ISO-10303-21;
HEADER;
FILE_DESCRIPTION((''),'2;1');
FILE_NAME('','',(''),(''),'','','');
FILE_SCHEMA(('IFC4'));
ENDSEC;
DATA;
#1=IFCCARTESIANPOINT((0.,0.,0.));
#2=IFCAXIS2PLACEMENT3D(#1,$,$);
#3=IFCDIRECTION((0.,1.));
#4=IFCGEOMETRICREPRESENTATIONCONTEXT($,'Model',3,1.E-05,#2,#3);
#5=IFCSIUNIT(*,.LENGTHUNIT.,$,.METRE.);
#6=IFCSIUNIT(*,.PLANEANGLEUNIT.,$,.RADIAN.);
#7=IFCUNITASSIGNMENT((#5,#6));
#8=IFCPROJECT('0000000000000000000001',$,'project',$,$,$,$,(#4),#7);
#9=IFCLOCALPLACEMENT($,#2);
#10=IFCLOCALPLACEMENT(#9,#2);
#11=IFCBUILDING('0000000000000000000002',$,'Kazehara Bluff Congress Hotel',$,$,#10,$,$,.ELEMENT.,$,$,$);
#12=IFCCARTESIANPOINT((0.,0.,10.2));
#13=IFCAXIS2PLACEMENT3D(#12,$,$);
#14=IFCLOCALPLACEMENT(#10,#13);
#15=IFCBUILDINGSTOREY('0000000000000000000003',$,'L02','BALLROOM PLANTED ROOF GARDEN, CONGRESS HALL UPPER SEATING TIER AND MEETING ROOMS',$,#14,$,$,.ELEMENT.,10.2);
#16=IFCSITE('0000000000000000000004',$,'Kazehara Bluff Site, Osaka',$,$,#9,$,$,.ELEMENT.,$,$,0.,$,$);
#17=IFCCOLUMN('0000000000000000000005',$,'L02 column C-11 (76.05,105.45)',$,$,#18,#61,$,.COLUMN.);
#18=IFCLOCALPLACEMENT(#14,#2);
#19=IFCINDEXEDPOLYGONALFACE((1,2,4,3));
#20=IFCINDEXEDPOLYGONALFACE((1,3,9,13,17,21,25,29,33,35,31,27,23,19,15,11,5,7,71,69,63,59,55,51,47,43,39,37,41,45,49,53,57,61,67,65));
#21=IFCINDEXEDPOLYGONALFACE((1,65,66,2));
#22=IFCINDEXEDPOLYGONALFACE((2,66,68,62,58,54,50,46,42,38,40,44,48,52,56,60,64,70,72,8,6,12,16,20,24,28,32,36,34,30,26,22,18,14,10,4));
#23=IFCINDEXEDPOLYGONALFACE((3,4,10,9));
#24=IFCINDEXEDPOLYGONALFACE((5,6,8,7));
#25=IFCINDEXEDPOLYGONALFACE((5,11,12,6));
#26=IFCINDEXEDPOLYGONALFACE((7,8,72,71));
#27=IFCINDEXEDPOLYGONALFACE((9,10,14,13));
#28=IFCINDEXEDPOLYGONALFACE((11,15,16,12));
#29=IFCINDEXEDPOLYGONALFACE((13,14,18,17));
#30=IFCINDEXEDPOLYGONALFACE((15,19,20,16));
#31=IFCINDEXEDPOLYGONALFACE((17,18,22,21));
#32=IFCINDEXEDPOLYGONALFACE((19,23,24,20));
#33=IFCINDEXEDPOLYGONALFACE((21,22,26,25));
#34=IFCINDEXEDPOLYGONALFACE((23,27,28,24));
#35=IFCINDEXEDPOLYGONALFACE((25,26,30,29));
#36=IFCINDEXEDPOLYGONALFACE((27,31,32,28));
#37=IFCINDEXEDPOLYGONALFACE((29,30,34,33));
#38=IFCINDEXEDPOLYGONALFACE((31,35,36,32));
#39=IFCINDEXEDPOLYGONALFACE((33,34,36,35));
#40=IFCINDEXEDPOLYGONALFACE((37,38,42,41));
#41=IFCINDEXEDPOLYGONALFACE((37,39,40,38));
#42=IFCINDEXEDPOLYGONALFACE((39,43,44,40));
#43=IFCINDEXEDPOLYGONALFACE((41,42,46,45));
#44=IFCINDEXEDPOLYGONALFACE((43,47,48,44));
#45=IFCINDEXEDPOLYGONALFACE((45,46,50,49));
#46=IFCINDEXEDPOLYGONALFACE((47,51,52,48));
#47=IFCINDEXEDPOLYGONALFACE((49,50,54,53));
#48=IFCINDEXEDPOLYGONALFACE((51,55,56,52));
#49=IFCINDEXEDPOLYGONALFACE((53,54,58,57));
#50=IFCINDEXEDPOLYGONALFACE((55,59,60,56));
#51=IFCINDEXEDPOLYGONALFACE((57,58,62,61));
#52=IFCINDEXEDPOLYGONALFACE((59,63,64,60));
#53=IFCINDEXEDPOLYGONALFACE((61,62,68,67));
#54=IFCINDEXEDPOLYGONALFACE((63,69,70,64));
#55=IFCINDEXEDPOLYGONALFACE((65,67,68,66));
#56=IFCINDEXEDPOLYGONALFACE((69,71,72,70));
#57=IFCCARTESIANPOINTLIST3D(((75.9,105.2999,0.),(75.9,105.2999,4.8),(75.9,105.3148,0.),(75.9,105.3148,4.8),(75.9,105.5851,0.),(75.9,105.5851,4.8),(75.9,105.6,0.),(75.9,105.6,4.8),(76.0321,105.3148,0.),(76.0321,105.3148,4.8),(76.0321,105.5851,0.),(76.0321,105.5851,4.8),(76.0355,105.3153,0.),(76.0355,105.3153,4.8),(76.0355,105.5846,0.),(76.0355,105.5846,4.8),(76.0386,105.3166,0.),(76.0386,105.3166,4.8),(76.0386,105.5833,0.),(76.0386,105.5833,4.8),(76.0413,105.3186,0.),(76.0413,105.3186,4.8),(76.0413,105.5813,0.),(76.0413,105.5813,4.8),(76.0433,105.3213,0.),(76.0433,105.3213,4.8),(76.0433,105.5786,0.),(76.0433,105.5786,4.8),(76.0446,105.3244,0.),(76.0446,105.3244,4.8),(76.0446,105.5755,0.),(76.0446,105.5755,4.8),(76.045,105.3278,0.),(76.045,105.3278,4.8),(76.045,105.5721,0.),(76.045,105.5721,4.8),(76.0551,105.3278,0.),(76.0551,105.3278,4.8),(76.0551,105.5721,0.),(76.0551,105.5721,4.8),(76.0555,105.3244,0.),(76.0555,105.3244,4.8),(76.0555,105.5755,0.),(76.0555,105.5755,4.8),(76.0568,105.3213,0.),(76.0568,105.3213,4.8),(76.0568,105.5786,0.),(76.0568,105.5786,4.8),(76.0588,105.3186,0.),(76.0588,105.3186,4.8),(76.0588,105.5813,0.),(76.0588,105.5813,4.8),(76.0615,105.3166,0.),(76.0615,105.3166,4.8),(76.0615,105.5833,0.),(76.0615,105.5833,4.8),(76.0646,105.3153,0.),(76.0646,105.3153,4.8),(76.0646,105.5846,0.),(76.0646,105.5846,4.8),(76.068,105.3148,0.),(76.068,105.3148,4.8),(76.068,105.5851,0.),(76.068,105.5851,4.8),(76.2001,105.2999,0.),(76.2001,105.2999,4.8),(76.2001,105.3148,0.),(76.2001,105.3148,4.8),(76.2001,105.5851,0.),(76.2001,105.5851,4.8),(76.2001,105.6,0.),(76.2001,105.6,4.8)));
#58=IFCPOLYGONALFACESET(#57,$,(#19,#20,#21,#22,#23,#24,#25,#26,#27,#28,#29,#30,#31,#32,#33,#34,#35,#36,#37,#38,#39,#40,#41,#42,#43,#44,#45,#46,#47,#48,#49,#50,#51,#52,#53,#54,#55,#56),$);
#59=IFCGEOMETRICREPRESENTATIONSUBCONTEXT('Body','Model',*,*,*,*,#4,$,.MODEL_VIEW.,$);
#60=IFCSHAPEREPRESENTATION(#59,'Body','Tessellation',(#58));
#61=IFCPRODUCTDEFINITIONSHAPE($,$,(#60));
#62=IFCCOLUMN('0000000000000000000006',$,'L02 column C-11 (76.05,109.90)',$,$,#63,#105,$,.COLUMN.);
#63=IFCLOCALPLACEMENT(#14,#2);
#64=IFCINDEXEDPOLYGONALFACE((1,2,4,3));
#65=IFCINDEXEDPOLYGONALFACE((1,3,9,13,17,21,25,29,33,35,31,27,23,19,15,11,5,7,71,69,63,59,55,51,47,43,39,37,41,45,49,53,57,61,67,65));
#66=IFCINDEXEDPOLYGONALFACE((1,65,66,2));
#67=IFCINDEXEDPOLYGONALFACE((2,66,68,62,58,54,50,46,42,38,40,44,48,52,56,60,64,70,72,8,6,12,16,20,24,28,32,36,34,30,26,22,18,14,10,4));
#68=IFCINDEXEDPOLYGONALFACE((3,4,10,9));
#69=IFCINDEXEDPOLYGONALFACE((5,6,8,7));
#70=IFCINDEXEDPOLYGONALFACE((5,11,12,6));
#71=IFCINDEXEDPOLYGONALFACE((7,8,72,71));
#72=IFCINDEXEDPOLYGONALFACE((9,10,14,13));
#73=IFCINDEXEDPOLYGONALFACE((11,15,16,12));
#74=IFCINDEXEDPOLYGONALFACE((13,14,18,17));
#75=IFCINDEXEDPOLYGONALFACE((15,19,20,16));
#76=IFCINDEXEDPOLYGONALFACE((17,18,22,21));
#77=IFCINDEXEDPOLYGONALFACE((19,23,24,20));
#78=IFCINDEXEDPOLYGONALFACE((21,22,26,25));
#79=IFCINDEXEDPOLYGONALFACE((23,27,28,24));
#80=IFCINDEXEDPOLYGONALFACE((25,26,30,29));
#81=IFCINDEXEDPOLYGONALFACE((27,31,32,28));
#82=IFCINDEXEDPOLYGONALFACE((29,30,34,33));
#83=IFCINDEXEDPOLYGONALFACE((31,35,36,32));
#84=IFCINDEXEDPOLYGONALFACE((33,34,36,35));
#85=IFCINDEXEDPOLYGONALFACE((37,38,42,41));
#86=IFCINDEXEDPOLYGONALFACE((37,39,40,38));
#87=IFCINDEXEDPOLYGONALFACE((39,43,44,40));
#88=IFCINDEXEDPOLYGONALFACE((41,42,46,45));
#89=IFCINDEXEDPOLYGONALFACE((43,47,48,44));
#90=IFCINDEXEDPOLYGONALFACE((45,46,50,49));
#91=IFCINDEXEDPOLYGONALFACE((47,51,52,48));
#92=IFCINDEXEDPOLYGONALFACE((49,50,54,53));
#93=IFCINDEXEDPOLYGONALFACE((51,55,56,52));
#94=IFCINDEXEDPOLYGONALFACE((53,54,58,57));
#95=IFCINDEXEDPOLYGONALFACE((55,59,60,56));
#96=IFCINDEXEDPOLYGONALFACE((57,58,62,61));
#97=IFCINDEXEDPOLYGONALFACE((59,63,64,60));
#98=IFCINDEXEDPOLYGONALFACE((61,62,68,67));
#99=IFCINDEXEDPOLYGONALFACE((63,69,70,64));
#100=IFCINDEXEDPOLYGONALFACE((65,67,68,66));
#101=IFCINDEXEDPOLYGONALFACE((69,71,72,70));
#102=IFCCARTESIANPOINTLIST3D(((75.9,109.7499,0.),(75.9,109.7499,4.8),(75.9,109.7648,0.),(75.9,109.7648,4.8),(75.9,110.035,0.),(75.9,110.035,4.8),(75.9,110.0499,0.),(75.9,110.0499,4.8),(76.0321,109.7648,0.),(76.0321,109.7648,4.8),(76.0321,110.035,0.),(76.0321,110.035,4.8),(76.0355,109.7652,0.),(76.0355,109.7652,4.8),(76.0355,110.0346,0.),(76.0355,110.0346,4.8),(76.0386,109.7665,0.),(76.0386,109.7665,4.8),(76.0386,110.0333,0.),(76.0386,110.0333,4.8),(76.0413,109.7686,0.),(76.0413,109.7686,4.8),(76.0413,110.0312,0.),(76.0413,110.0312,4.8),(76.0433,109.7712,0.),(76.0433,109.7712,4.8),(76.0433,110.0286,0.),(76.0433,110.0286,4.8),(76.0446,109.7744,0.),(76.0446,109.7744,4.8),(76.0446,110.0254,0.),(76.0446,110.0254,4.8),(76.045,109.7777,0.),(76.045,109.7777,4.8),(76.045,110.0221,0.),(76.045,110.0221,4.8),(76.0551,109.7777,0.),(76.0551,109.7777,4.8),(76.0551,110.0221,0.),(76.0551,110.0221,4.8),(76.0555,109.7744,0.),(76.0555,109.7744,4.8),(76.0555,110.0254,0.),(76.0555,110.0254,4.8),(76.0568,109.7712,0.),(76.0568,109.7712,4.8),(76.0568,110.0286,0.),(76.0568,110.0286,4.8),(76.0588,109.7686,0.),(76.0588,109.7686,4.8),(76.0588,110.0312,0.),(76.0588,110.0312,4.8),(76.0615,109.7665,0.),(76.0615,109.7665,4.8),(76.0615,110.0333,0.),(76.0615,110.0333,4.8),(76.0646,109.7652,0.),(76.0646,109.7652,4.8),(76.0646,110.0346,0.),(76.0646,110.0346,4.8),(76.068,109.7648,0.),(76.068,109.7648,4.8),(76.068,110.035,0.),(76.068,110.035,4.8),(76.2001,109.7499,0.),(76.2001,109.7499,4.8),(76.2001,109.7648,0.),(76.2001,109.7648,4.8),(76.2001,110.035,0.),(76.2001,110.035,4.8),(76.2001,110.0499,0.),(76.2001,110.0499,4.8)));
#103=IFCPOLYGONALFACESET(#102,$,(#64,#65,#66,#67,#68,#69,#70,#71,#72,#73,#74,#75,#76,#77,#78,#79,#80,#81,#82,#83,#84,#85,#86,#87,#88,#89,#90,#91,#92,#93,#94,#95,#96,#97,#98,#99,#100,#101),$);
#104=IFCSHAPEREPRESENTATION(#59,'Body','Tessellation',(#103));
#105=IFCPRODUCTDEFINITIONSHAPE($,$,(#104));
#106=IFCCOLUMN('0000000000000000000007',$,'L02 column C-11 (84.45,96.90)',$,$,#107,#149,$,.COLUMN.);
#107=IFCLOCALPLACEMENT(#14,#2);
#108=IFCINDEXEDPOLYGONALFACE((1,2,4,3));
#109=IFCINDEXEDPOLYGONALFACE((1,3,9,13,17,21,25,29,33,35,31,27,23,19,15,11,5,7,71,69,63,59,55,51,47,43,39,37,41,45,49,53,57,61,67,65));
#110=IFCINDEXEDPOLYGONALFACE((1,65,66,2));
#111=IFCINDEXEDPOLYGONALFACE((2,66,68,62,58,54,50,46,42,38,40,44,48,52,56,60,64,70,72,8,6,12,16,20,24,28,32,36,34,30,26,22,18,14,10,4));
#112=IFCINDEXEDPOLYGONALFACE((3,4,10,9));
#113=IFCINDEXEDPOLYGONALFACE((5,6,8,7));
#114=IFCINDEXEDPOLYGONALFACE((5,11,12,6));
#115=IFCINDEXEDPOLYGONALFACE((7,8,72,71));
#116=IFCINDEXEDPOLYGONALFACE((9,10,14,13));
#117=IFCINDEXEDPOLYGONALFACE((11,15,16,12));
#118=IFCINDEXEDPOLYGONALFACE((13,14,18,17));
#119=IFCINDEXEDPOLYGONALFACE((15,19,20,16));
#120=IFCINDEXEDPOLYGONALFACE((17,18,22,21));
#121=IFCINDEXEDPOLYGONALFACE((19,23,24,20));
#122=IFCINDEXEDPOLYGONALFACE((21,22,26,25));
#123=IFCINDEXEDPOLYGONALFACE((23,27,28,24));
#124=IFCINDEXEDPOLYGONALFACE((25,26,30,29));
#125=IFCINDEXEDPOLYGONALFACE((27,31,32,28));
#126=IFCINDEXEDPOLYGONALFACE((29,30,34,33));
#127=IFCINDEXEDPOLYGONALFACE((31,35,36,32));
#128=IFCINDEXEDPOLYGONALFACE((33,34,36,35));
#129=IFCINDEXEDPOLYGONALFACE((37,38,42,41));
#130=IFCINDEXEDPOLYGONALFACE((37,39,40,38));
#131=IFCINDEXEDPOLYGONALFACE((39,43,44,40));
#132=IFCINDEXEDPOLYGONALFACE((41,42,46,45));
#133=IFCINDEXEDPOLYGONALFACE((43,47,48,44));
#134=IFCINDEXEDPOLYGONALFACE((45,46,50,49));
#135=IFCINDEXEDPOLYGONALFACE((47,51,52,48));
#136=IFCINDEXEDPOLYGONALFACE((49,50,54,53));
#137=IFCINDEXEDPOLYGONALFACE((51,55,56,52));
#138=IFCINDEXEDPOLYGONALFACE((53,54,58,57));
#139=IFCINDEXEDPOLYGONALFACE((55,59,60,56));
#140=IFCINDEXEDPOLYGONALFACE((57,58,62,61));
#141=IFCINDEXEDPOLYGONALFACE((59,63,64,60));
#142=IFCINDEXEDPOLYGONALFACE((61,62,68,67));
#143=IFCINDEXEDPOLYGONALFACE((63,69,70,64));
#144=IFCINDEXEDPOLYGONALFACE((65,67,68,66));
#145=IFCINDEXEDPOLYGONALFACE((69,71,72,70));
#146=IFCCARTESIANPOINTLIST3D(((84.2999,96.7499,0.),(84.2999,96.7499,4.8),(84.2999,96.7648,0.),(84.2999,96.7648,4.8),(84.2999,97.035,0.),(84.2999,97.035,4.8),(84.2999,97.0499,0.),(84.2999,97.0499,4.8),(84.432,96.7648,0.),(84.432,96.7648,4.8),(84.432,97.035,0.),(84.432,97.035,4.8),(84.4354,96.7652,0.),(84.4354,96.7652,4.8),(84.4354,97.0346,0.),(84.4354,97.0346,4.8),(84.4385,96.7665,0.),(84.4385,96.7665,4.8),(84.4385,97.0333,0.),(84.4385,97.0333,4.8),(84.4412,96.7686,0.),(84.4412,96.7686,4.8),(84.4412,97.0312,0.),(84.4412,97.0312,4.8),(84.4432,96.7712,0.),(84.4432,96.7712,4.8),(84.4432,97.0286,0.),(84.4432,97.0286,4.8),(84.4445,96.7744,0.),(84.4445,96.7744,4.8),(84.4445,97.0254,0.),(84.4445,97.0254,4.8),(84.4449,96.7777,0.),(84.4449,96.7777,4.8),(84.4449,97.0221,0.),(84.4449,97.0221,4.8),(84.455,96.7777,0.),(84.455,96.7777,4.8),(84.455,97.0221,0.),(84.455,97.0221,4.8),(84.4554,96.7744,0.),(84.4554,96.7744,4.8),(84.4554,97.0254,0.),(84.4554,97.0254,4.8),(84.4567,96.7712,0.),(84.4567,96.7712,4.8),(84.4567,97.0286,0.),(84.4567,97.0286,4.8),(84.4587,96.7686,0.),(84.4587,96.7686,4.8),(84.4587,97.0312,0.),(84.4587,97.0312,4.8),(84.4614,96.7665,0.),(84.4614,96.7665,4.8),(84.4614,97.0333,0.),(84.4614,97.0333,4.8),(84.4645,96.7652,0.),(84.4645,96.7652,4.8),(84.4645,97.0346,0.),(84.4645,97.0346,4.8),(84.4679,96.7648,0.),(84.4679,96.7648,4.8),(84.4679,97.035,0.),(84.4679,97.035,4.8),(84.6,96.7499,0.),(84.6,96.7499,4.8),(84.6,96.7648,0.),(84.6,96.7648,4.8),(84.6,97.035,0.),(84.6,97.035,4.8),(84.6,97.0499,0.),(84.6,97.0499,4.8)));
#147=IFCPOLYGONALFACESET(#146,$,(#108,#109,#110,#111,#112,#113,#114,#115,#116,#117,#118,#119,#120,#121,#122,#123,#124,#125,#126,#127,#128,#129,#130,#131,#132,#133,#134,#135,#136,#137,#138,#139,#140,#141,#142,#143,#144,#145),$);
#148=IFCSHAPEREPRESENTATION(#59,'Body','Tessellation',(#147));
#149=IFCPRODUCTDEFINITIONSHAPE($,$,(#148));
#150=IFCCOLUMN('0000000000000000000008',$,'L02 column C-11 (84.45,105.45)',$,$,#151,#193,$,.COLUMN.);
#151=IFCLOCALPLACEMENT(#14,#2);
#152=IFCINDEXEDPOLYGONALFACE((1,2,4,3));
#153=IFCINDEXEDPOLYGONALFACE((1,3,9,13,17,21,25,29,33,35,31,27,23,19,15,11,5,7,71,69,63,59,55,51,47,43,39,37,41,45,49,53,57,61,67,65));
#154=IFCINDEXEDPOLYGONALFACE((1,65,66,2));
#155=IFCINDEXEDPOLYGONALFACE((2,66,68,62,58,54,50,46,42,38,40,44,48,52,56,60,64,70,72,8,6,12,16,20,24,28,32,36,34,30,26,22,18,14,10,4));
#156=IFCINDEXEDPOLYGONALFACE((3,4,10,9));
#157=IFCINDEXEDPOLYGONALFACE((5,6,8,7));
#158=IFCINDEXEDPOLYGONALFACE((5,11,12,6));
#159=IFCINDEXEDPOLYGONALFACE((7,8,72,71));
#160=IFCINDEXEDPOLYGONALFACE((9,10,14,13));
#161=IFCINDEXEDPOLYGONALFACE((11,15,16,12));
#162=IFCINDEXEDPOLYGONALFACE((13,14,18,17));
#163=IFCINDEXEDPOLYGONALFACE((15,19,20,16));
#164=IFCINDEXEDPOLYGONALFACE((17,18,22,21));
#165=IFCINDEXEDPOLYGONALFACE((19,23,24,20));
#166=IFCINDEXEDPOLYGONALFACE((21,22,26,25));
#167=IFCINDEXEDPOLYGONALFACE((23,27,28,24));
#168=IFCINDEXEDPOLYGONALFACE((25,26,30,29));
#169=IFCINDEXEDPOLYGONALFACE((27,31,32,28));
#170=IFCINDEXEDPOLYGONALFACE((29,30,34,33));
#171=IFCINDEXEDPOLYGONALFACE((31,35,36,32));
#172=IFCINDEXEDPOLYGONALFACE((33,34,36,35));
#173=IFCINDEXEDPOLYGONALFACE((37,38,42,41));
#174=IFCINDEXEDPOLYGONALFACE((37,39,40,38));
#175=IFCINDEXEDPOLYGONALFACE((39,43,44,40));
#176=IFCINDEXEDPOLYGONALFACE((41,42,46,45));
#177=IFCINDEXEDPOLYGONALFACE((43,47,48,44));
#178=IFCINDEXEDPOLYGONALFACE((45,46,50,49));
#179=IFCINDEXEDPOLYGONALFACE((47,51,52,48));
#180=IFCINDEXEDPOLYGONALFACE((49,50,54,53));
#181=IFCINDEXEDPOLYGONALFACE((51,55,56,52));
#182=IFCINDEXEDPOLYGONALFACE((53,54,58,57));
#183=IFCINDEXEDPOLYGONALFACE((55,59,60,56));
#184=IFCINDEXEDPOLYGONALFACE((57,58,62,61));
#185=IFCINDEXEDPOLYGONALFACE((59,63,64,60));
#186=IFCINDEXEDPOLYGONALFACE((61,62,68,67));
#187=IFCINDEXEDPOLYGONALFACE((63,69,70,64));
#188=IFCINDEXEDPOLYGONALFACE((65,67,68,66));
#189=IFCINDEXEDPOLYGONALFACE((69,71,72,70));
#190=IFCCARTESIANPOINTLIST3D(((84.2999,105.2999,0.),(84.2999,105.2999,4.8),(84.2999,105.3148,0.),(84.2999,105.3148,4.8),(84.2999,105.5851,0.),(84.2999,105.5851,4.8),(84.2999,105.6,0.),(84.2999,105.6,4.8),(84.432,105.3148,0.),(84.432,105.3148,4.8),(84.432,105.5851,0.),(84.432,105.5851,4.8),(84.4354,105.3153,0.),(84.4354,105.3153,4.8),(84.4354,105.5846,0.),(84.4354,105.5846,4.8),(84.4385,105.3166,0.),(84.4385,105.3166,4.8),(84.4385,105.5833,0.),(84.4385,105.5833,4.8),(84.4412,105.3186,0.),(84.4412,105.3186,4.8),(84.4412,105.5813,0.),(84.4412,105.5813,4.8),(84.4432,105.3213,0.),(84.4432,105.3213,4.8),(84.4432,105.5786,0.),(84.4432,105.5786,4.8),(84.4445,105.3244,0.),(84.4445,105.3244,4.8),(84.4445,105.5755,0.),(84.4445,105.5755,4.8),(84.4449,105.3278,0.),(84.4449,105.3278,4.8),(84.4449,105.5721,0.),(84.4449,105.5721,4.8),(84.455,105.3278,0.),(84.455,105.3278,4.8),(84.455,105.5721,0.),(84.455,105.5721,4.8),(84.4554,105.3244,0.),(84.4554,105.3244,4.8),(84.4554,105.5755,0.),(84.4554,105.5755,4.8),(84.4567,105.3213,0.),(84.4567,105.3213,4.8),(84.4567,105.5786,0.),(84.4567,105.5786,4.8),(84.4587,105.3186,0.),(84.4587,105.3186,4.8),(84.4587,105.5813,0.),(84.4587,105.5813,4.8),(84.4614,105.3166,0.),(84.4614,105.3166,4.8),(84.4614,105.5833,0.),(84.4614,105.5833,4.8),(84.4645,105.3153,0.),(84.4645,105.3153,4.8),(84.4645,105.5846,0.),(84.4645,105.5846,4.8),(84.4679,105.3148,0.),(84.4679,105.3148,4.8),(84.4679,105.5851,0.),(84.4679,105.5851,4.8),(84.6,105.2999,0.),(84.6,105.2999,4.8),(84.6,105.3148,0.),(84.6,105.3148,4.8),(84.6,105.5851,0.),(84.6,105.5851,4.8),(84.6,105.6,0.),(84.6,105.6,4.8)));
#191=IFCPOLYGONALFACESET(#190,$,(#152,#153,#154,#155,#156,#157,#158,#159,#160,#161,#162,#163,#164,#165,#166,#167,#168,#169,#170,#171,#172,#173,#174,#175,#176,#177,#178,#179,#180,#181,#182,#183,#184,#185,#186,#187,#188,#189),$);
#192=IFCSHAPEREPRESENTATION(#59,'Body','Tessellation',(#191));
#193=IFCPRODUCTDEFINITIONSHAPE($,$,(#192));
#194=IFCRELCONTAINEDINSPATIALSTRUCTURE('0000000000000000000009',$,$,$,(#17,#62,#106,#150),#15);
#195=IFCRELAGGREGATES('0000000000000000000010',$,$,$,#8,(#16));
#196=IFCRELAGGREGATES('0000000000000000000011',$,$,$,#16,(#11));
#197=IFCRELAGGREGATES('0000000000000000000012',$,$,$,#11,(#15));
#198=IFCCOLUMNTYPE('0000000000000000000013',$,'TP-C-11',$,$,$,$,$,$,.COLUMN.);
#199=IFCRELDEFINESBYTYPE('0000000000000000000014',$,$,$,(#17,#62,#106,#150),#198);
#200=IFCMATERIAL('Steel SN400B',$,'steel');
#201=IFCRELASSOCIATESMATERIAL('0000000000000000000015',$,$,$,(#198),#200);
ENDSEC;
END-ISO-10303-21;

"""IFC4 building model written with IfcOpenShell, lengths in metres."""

from ifc_helpers import new_model, si_unit, direction, frame, origin, origin_2d, place, context, subcontext, project, spatial, i_section, extrude, material, material_profile, profile_set, type_object, element, save


model = new_model("IFC4")

# Units and contexts
model_context = context("Model", 3, precision=1e-05, world=origin(), true_north=direction((0.0, 1.0)))
body_context = subcontext(model_context, "Body", "Model", "MODEL_VIEW")
ifc_project = project(units=[si_unit("LENGTHUNIT", "METRE"), si_unit("PLANEANGLEUNIT", "RADIAN")], contexts=[model_context])

# Site, building, storey
site_placement = place(None, origin())
site = spatial("IfcSite", under=ifc_project, at=site_placement, Name="Kazehara Bluff Site, Osaka", CompositionType="ELEMENT", RefElevation=0.0)
building_placement = place(site_placement, origin())
building = spatial("IfcBuilding", under=site, at=building_placement, Name="Kazehara Bluff Congress Hotel", CompositionType="ELEMENT")
storey_placement = place(building_placement, frame((0.0, 0.0, 10.2)))
storey = spatial("IfcBuildingStorey", under=building, at=storey_placement, Name="L02", Description="BALLROOM PLANTED ROOF GARDEN, CONGRESS HALL UPPER SEATING TIER AND MEETING ROOMS", CompositionType="ELEMENT", Elevation=10.2)

# Columns
ifc_material_1 = material(Name="Steel SN400B", Category="steel")
ifc_material_profile_1 = material_profile(ifc_material_1, i_section(OverallWidth=0.3, OverallDepth=0.3, WebThickness=0.01, FlangeThickness=0.0149, FilletRadius=0.0129, at=origin_2d()))
ifc_profile_set_1 = profile_set([ifc_material_profile_1], Name="Steel SN400B")
column_type = type_object("IfcColumnType", Name="TP-C-11", PredefinedType="COLUMN", material=ifc_profile_set_1)
for number, where, z_axis, x_axis, name in (
    (1, (76.05, 105.45, 0.0), (0.0, 0.0, 1.0), (1.0, 0.0, 0.0), "L02 column C-11 (76.05,105.45)"),
    (2, (76.05, 109.8999, 0.0), (0.0, 0.0, 1.0), (1.0, 0.0, 0.0), "L02 column C-11 (76.05,109.90)"),
    (3, (84.45, 96.8999, 0.0), (0.0, 0.0, 1.0), (1.0, 0.0, 0.0), "L02 column C-11 (84.45,96.90)"),
    (4, (84.45, 105.45, 0.0), (0.0, 0.0, 1.0), (1.0, 0.0, 0.0), "L02 column C-11 (84.45,105.45)"),
):
    element("IfcColumn", number, at=place(storey_placement, frame(where, z_axis=z_axis, x_axis=x_axis)), inside=storey, type_object=column_type, Name=name, PredefinedType="COLUMN", context=body_context, shape_type="SweptSolid", body=[
        extrude(i_section(OverallWidth=0.3, OverallDepth=0.3, WebThickness=0.01, FlangeThickness=0.0149, FilletRadius=0.0129, at=origin_2d()), origin(), (0.0, 0.0, 1.0), 4.8),
    ])

save(model, "model.ifc")
